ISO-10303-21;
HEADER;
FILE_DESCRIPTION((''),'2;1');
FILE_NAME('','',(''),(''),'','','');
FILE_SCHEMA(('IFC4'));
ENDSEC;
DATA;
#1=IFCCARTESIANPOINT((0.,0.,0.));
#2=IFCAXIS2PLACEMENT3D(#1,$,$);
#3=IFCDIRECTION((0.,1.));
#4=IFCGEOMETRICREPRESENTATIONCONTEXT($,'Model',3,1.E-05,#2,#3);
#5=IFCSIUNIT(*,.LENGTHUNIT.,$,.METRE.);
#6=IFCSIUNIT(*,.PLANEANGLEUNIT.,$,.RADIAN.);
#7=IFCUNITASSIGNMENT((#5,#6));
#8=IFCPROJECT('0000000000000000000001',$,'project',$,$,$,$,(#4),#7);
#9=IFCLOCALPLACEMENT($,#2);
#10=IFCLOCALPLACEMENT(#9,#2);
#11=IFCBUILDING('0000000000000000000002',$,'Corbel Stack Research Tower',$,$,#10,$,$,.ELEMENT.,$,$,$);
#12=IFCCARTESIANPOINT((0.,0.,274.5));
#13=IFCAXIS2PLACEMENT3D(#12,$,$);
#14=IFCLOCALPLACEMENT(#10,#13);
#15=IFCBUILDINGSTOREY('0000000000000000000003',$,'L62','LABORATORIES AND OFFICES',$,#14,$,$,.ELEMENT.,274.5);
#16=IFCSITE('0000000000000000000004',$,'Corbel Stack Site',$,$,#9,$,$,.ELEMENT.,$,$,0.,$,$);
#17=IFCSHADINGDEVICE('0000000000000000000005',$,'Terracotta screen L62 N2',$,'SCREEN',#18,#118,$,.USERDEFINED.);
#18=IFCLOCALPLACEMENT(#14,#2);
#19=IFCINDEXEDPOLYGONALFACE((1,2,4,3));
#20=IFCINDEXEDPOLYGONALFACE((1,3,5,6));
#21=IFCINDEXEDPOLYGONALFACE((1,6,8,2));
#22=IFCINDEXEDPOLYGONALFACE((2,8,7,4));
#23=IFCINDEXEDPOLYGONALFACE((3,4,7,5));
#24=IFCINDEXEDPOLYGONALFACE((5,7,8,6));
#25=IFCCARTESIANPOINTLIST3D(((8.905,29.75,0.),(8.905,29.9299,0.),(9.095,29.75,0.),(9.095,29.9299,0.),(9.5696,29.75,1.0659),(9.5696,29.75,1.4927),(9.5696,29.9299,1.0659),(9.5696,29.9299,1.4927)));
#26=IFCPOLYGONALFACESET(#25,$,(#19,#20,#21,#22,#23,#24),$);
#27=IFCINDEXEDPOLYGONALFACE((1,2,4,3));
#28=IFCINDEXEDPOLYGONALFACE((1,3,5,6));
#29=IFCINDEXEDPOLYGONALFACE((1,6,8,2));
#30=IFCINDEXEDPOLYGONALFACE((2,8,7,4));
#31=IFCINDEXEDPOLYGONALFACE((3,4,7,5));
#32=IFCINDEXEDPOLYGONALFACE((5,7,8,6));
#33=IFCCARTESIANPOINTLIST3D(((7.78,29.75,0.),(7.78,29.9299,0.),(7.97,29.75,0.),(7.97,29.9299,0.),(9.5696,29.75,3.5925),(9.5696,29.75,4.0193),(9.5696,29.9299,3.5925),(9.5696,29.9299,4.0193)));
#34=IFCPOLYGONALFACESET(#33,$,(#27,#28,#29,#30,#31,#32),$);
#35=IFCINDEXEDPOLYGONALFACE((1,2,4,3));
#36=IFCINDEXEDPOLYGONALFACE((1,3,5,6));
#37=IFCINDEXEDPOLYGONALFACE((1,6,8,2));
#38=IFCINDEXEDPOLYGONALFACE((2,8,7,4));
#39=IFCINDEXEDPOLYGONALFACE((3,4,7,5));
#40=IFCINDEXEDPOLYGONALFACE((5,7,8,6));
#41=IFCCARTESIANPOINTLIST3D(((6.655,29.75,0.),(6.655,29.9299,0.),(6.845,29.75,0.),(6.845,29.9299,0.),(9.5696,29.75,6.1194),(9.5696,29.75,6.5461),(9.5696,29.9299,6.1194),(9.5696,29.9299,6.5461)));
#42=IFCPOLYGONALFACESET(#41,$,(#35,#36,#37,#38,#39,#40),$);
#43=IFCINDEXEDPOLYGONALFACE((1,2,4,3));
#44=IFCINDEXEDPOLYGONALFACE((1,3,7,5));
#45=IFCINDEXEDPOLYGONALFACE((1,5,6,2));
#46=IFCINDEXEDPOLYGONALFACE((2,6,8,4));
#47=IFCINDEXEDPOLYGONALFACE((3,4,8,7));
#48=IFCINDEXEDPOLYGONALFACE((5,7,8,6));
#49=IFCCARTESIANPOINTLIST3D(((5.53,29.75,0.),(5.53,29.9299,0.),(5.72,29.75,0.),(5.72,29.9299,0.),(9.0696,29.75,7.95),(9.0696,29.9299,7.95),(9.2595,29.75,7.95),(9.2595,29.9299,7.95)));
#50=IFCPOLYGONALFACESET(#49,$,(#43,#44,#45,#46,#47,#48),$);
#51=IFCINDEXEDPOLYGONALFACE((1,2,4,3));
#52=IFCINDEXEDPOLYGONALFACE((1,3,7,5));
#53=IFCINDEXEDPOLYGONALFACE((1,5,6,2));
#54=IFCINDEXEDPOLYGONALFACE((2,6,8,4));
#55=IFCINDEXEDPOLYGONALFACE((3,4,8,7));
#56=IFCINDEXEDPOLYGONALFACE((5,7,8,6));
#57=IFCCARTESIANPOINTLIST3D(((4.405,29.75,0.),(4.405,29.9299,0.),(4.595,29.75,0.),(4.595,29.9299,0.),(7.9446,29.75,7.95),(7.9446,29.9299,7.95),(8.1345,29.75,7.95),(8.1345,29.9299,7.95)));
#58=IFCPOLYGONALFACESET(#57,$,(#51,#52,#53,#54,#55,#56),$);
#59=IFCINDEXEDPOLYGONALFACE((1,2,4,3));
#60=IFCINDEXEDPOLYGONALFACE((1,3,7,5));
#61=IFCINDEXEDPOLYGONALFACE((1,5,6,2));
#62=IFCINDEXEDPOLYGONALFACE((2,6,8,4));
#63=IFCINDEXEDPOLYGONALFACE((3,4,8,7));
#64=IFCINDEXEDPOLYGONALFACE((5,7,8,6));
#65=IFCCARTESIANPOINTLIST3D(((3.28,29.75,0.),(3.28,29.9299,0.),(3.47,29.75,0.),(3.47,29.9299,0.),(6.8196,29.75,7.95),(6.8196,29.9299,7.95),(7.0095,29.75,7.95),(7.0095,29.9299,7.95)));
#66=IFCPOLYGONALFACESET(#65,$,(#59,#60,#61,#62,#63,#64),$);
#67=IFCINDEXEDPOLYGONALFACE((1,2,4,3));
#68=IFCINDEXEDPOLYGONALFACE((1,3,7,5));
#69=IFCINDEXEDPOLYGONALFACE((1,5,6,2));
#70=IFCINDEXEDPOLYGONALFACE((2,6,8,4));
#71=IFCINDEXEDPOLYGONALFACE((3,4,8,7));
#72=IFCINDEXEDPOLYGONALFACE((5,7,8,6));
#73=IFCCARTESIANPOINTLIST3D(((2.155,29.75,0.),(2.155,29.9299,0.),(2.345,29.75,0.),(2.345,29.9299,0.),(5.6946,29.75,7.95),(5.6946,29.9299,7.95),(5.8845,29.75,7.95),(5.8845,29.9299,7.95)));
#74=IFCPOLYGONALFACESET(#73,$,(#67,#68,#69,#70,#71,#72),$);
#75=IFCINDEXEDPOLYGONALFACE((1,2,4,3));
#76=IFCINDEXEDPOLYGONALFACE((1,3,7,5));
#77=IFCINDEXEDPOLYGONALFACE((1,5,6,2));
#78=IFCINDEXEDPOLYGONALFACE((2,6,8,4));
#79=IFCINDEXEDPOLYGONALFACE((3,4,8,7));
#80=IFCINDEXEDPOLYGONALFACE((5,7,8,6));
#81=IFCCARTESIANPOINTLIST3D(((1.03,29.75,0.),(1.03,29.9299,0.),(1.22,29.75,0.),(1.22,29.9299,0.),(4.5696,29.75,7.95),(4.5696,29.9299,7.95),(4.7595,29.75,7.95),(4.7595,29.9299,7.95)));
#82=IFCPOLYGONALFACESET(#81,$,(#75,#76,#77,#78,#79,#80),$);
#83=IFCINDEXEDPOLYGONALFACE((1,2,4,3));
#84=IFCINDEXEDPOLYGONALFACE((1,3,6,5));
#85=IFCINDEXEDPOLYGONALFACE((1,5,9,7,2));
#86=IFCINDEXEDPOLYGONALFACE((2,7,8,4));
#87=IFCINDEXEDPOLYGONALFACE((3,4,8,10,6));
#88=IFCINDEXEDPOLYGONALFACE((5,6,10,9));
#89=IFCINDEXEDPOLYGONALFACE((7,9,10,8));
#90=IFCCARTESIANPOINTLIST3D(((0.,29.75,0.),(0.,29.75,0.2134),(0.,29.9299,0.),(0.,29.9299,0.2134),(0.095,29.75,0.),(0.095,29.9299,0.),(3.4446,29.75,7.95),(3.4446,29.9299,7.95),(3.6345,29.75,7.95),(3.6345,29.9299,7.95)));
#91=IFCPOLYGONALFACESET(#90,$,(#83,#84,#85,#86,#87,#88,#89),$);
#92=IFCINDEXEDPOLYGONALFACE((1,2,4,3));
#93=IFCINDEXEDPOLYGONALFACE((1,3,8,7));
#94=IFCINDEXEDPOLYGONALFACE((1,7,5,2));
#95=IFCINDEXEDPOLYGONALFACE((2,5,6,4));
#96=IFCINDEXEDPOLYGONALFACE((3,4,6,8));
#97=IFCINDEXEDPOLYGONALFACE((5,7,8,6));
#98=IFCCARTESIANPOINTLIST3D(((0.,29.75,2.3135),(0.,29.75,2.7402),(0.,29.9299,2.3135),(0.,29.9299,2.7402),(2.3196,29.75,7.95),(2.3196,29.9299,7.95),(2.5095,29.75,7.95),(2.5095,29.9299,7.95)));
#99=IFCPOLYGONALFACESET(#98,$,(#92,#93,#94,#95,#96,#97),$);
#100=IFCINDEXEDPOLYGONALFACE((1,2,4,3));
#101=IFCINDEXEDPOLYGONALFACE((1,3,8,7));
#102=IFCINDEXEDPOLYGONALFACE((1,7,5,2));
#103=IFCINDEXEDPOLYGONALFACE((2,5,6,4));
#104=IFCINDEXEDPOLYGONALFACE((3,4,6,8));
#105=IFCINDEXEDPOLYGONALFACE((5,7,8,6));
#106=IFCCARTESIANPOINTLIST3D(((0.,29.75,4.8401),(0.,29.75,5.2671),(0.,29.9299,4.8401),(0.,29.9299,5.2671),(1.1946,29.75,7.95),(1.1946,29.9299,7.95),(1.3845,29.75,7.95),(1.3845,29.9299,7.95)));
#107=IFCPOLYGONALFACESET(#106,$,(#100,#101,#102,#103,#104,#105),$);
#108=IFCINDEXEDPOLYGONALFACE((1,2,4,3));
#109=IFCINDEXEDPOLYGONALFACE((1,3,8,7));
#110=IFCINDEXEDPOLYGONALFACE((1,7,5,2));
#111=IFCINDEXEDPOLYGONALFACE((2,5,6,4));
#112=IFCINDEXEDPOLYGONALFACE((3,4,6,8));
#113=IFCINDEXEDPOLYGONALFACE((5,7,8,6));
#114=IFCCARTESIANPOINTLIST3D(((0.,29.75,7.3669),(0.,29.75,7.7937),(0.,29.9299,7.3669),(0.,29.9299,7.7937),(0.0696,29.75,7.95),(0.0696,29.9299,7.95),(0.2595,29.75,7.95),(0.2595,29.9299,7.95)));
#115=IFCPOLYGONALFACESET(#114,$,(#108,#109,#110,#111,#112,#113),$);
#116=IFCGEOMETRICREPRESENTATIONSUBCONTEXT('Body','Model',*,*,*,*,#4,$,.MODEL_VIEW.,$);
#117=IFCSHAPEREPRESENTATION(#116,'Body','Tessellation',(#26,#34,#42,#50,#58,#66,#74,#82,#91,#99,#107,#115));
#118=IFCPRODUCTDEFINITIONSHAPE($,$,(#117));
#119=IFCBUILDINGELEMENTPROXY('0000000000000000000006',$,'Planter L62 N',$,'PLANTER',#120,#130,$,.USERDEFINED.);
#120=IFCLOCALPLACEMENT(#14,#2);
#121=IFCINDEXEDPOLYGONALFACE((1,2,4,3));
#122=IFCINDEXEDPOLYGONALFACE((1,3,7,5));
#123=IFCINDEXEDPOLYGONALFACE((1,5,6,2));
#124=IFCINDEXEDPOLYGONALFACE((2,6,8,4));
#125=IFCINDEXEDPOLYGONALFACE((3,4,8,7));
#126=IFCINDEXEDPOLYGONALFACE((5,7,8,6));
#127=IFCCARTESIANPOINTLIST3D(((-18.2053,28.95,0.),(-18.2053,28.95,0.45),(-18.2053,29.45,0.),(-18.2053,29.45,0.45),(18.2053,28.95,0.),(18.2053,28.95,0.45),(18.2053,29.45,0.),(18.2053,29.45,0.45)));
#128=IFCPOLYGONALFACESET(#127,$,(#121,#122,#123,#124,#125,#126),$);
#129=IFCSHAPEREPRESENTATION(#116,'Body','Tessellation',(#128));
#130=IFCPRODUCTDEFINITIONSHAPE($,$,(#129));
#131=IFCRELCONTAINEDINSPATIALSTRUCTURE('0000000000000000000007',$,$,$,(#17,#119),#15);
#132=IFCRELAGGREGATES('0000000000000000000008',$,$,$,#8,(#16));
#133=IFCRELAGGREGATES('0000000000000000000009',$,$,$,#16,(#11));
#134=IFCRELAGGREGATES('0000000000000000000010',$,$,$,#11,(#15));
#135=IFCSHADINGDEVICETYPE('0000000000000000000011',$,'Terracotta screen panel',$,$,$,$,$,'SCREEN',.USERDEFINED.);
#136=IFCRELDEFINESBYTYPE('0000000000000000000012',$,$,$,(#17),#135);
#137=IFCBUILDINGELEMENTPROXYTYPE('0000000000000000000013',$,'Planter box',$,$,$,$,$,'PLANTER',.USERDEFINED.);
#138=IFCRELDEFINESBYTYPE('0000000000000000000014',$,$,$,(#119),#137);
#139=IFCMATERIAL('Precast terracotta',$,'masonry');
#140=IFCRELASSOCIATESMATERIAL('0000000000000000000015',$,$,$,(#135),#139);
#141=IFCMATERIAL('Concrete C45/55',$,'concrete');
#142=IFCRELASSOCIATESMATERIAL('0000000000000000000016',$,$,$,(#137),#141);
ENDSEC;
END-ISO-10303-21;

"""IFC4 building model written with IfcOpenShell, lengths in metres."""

from ifc_helpers import new_model, si_unit, direction, frame, origin, origin_2d, place, context, subcontext, project, spatial, polyline, rectangle, outline, extrude, source, transform, mapped, material, type_object, element, save


model = new_model("IFC4")

# Units and contexts
model_context = context("Model", 3, precision=1e-05, world=origin(), true_north=direction((0.0, 1.0)))
body_context = subcontext(model_context, "Body", "Model", "MODEL_VIEW")
ifc_project = project(units=[si_unit("LENGTHUNIT", "METRE"), si_unit("PLANEANGLEUNIT", "RADIAN")], contexts=[model_context])

# Site, building, storey
site_placement = place(None, origin())
site = spatial("IfcSite", under=ifc_project, at=site_placement, Name="Corbel Stack Site", CompositionType="ELEMENT", RefElevation=0.0)
building_placement = place(site_placement, origin())
building = spatial("IfcBuilding", under=site, at=building_placement, Name="Corbel Stack Research Tower", CompositionType="ELEMENT")
storey_placement = place(building_placement, frame((0.0, 0.0, 274.5)))
storey = spatial("IfcBuildingStorey", under=building, at=storey_placement, Name="L62", Description="LABORATORIES AND OFFICES", CompositionType="ELEMENT", Elevation=274.5)

# Shading device
ifc_material_1 = material(Name="Precast terracotta", Category="masonry")
shading_device_type = type_object("IfcShadingDeviceType", Name="Terracotta screen panel", ElementType="SCREEN", PredefinedType="USERDEFINED", material=ifc_material_1)
shared_shape = source(origin(), body_context, "Body", "SweptSolid", [
    extrude(outline(polyline([(0.6646, 0.0), (0.0, 1.4927), (0.0, 1.0659), (0.4746, 0.0), (0.6646, 0.0)])), frame((0.0, 0.0, 0.0), z_axis=(0.0, -1.0, 0.0), x_axis=(1.0, 0.0, 0.0)), (0.0, 0.0, 1.0), 0.1799),
    extrude(outline(polyline([(1.7896, 0.0), (0.0, 4.0193), (0.0, 3.5925), (1.5996, 0.0), (1.7896, 0.0)])), frame((0.0, 0.0, 0.0), z_axis=(0.0, -1.0, 0.0), x_axis=(1.0, 0.0, 0.0)), (0.0, 0.0, 1.0), 0.1799),
    extrude(outline(polyline([(2.9146, 0.0), (0.0, 6.5461), (0.0, 6.1194), (2.7246, 0.0), (2.9146, 0.0)])), frame((0.0, 0.0, 0.0), z_axis=(0.0, -1.0, 0.0), x_axis=(1.0, 0.0, 0.0)), (0.0, 0.0, 1.0), 0.1799),
    extrude(outline(polyline([(4.0396, 0.0), (0.5, 7.95), (0.3101, 7.95), (3.8496, 0.0), (4.0396, 0.0)])), frame((0.0, 0.0, 0.0), z_axis=(0.0, -1.0, 0.0), x_axis=(1.0, 0.0, 0.0)), (0.0, 0.0, 1.0), 0.1799),
    extrude(outline(polyline([(5.1646, 0.0), (1.625, 7.95), (1.4351, 7.95), (4.9746, 0.0), (5.1646, 0.0)])), frame((0.0, 0.0, 0.0), z_axis=(0.0, -1.0, 0.0), x_axis=(1.0, 0.0, 0.0)), (0.0, 0.0, 1.0), 0.1799),
    extrude(outline(polyline([(6.2896, 0.0), (2.75, 7.95), (2.5601, 7.95), (6.0996, 0.0), (6.2896, 0.0)])), frame((0.0, 0.0, 0.0), z_axis=(0.0, -1.0, 0.0), x_axis=(1.0, 0.0, 0.0)), (0.0, 0.0, 1.0), 0.1799),
    extrude(outline(polyline([(7.4146, 0.0), (3.875, 7.95), (3.6851, 7.95), (7.2246, 0.0), (7.4146, 0.0)])), frame((0.0, 0.0, 0.0), z_axis=(0.0, -1.0, 0.0), x_axis=(1.0, 0.0, 0.0)), (0.0, 0.0, 1.0), 0.1799),
    extrude(outline(polyline([(8.5396, 0.0), (5.0, 7.95), (4.8101, 7.95), (8.3496, 0.0), (8.5396, 0.0)])), frame((0.0, 0.0, 0.0), z_axis=(0.0, -1.0, 0.0), x_axis=(1.0, 0.0, 0.0)), (0.0, 0.0, 1.0), 0.1799),
    extrude(outline(polyline([(9.5696, 0.0), (9.5696, 0.2134), (6.125, 7.95), (5.9351, 7.95), (9.4746, 0.0), (9.5696, 0.0)])), frame((0.0, 0.0, 0.0), z_axis=(0.0, -1.0, 0.0), x_axis=(1.0, 0.0, 0.0)), (0.0, 0.0, 1.0), 0.1799),
    extrude(outline(polyline([(7.25, 7.95), (7.0601, 7.95), (9.5696, 2.3135), (9.5696, 2.7402), (7.25, 7.95)])), frame((0.0, 0.0, 0.0), z_axis=(0.0, -1.0, 0.0), x_axis=(1.0, 0.0, 0.0)), (0.0, 0.0, 1.0), 0.1799),
    extrude(outline(polyline([(8.375, 7.95), (8.1851, 7.95), (9.5696, 4.8401), (9.5696, 5.2671), (8.375, 7.95)])), frame((0.0, 0.0, 0.0), z_axis=(0.0, -1.0, 0.0), x_axis=(1.0, 0.0, 0.0)), (0.0, 0.0, 1.0), 0.1799),
    extrude(outline(polyline([(9.5, 7.95), (9.3101, 7.95), (9.5696, 7.3669), (9.5696, 7.7937), (9.5, 7.95)])), frame((0.0, 0.0, 0.0), z_axis=(0.0, -1.0, 0.0), x_axis=(1.0, 0.0, 0.0)), (0.0, 0.0, 1.0), 0.1799),
])
shading_device_placement = place(storey_placement, frame((9.5696, 29.75, 0.0), z_axis=(0.0, 0.0, 1.0), x_axis=(-1.0, 0.0, 0.0)))
element("IfcShadingDevice", 1, at=shading_device_placement, inside=storey, type_object=shading_device_type, Name="Terracotta screen L62 N2", ObjectType="SCREEN", PredefinedType="USERDEFINED", context=body_context, shape_type="MappedRepresentation", body=[
    mapped(shared_shape, transform((0.0, 0.0, 0.0))),
])

# Building element proxy
ifc_material_2 = material(Name="Concrete C45/55", Category="concrete")
building_element_proxy_type = type_object("IfcBuildingElementProxyType", Name="Planter box", ElementType="PLANTER", PredefinedType="USERDEFINED", material=ifc_material_2)
proxy_placement = place(storey_placement, frame((0.0, 29.2, 0.0), z_axis=(0.0, 0.0, 1.0), x_axis=(-1.0, 0.0, 0.0)))
element("IfcBuildingElementProxy", 2, at=proxy_placement, inside=storey, type_object=building_element_proxy_type, Name="Planter L62 N", ObjectType="PLANTER", PredefinedType="USERDEFINED", context=body_context, shape_type="SweptSolid", body=[
    extrude(rectangle(XDim=36.4106, YDim=0.5, at=origin_2d()), origin(), (0.0, 0.0, 1.0), 0.45),
])

save(model, "model.ifc")
